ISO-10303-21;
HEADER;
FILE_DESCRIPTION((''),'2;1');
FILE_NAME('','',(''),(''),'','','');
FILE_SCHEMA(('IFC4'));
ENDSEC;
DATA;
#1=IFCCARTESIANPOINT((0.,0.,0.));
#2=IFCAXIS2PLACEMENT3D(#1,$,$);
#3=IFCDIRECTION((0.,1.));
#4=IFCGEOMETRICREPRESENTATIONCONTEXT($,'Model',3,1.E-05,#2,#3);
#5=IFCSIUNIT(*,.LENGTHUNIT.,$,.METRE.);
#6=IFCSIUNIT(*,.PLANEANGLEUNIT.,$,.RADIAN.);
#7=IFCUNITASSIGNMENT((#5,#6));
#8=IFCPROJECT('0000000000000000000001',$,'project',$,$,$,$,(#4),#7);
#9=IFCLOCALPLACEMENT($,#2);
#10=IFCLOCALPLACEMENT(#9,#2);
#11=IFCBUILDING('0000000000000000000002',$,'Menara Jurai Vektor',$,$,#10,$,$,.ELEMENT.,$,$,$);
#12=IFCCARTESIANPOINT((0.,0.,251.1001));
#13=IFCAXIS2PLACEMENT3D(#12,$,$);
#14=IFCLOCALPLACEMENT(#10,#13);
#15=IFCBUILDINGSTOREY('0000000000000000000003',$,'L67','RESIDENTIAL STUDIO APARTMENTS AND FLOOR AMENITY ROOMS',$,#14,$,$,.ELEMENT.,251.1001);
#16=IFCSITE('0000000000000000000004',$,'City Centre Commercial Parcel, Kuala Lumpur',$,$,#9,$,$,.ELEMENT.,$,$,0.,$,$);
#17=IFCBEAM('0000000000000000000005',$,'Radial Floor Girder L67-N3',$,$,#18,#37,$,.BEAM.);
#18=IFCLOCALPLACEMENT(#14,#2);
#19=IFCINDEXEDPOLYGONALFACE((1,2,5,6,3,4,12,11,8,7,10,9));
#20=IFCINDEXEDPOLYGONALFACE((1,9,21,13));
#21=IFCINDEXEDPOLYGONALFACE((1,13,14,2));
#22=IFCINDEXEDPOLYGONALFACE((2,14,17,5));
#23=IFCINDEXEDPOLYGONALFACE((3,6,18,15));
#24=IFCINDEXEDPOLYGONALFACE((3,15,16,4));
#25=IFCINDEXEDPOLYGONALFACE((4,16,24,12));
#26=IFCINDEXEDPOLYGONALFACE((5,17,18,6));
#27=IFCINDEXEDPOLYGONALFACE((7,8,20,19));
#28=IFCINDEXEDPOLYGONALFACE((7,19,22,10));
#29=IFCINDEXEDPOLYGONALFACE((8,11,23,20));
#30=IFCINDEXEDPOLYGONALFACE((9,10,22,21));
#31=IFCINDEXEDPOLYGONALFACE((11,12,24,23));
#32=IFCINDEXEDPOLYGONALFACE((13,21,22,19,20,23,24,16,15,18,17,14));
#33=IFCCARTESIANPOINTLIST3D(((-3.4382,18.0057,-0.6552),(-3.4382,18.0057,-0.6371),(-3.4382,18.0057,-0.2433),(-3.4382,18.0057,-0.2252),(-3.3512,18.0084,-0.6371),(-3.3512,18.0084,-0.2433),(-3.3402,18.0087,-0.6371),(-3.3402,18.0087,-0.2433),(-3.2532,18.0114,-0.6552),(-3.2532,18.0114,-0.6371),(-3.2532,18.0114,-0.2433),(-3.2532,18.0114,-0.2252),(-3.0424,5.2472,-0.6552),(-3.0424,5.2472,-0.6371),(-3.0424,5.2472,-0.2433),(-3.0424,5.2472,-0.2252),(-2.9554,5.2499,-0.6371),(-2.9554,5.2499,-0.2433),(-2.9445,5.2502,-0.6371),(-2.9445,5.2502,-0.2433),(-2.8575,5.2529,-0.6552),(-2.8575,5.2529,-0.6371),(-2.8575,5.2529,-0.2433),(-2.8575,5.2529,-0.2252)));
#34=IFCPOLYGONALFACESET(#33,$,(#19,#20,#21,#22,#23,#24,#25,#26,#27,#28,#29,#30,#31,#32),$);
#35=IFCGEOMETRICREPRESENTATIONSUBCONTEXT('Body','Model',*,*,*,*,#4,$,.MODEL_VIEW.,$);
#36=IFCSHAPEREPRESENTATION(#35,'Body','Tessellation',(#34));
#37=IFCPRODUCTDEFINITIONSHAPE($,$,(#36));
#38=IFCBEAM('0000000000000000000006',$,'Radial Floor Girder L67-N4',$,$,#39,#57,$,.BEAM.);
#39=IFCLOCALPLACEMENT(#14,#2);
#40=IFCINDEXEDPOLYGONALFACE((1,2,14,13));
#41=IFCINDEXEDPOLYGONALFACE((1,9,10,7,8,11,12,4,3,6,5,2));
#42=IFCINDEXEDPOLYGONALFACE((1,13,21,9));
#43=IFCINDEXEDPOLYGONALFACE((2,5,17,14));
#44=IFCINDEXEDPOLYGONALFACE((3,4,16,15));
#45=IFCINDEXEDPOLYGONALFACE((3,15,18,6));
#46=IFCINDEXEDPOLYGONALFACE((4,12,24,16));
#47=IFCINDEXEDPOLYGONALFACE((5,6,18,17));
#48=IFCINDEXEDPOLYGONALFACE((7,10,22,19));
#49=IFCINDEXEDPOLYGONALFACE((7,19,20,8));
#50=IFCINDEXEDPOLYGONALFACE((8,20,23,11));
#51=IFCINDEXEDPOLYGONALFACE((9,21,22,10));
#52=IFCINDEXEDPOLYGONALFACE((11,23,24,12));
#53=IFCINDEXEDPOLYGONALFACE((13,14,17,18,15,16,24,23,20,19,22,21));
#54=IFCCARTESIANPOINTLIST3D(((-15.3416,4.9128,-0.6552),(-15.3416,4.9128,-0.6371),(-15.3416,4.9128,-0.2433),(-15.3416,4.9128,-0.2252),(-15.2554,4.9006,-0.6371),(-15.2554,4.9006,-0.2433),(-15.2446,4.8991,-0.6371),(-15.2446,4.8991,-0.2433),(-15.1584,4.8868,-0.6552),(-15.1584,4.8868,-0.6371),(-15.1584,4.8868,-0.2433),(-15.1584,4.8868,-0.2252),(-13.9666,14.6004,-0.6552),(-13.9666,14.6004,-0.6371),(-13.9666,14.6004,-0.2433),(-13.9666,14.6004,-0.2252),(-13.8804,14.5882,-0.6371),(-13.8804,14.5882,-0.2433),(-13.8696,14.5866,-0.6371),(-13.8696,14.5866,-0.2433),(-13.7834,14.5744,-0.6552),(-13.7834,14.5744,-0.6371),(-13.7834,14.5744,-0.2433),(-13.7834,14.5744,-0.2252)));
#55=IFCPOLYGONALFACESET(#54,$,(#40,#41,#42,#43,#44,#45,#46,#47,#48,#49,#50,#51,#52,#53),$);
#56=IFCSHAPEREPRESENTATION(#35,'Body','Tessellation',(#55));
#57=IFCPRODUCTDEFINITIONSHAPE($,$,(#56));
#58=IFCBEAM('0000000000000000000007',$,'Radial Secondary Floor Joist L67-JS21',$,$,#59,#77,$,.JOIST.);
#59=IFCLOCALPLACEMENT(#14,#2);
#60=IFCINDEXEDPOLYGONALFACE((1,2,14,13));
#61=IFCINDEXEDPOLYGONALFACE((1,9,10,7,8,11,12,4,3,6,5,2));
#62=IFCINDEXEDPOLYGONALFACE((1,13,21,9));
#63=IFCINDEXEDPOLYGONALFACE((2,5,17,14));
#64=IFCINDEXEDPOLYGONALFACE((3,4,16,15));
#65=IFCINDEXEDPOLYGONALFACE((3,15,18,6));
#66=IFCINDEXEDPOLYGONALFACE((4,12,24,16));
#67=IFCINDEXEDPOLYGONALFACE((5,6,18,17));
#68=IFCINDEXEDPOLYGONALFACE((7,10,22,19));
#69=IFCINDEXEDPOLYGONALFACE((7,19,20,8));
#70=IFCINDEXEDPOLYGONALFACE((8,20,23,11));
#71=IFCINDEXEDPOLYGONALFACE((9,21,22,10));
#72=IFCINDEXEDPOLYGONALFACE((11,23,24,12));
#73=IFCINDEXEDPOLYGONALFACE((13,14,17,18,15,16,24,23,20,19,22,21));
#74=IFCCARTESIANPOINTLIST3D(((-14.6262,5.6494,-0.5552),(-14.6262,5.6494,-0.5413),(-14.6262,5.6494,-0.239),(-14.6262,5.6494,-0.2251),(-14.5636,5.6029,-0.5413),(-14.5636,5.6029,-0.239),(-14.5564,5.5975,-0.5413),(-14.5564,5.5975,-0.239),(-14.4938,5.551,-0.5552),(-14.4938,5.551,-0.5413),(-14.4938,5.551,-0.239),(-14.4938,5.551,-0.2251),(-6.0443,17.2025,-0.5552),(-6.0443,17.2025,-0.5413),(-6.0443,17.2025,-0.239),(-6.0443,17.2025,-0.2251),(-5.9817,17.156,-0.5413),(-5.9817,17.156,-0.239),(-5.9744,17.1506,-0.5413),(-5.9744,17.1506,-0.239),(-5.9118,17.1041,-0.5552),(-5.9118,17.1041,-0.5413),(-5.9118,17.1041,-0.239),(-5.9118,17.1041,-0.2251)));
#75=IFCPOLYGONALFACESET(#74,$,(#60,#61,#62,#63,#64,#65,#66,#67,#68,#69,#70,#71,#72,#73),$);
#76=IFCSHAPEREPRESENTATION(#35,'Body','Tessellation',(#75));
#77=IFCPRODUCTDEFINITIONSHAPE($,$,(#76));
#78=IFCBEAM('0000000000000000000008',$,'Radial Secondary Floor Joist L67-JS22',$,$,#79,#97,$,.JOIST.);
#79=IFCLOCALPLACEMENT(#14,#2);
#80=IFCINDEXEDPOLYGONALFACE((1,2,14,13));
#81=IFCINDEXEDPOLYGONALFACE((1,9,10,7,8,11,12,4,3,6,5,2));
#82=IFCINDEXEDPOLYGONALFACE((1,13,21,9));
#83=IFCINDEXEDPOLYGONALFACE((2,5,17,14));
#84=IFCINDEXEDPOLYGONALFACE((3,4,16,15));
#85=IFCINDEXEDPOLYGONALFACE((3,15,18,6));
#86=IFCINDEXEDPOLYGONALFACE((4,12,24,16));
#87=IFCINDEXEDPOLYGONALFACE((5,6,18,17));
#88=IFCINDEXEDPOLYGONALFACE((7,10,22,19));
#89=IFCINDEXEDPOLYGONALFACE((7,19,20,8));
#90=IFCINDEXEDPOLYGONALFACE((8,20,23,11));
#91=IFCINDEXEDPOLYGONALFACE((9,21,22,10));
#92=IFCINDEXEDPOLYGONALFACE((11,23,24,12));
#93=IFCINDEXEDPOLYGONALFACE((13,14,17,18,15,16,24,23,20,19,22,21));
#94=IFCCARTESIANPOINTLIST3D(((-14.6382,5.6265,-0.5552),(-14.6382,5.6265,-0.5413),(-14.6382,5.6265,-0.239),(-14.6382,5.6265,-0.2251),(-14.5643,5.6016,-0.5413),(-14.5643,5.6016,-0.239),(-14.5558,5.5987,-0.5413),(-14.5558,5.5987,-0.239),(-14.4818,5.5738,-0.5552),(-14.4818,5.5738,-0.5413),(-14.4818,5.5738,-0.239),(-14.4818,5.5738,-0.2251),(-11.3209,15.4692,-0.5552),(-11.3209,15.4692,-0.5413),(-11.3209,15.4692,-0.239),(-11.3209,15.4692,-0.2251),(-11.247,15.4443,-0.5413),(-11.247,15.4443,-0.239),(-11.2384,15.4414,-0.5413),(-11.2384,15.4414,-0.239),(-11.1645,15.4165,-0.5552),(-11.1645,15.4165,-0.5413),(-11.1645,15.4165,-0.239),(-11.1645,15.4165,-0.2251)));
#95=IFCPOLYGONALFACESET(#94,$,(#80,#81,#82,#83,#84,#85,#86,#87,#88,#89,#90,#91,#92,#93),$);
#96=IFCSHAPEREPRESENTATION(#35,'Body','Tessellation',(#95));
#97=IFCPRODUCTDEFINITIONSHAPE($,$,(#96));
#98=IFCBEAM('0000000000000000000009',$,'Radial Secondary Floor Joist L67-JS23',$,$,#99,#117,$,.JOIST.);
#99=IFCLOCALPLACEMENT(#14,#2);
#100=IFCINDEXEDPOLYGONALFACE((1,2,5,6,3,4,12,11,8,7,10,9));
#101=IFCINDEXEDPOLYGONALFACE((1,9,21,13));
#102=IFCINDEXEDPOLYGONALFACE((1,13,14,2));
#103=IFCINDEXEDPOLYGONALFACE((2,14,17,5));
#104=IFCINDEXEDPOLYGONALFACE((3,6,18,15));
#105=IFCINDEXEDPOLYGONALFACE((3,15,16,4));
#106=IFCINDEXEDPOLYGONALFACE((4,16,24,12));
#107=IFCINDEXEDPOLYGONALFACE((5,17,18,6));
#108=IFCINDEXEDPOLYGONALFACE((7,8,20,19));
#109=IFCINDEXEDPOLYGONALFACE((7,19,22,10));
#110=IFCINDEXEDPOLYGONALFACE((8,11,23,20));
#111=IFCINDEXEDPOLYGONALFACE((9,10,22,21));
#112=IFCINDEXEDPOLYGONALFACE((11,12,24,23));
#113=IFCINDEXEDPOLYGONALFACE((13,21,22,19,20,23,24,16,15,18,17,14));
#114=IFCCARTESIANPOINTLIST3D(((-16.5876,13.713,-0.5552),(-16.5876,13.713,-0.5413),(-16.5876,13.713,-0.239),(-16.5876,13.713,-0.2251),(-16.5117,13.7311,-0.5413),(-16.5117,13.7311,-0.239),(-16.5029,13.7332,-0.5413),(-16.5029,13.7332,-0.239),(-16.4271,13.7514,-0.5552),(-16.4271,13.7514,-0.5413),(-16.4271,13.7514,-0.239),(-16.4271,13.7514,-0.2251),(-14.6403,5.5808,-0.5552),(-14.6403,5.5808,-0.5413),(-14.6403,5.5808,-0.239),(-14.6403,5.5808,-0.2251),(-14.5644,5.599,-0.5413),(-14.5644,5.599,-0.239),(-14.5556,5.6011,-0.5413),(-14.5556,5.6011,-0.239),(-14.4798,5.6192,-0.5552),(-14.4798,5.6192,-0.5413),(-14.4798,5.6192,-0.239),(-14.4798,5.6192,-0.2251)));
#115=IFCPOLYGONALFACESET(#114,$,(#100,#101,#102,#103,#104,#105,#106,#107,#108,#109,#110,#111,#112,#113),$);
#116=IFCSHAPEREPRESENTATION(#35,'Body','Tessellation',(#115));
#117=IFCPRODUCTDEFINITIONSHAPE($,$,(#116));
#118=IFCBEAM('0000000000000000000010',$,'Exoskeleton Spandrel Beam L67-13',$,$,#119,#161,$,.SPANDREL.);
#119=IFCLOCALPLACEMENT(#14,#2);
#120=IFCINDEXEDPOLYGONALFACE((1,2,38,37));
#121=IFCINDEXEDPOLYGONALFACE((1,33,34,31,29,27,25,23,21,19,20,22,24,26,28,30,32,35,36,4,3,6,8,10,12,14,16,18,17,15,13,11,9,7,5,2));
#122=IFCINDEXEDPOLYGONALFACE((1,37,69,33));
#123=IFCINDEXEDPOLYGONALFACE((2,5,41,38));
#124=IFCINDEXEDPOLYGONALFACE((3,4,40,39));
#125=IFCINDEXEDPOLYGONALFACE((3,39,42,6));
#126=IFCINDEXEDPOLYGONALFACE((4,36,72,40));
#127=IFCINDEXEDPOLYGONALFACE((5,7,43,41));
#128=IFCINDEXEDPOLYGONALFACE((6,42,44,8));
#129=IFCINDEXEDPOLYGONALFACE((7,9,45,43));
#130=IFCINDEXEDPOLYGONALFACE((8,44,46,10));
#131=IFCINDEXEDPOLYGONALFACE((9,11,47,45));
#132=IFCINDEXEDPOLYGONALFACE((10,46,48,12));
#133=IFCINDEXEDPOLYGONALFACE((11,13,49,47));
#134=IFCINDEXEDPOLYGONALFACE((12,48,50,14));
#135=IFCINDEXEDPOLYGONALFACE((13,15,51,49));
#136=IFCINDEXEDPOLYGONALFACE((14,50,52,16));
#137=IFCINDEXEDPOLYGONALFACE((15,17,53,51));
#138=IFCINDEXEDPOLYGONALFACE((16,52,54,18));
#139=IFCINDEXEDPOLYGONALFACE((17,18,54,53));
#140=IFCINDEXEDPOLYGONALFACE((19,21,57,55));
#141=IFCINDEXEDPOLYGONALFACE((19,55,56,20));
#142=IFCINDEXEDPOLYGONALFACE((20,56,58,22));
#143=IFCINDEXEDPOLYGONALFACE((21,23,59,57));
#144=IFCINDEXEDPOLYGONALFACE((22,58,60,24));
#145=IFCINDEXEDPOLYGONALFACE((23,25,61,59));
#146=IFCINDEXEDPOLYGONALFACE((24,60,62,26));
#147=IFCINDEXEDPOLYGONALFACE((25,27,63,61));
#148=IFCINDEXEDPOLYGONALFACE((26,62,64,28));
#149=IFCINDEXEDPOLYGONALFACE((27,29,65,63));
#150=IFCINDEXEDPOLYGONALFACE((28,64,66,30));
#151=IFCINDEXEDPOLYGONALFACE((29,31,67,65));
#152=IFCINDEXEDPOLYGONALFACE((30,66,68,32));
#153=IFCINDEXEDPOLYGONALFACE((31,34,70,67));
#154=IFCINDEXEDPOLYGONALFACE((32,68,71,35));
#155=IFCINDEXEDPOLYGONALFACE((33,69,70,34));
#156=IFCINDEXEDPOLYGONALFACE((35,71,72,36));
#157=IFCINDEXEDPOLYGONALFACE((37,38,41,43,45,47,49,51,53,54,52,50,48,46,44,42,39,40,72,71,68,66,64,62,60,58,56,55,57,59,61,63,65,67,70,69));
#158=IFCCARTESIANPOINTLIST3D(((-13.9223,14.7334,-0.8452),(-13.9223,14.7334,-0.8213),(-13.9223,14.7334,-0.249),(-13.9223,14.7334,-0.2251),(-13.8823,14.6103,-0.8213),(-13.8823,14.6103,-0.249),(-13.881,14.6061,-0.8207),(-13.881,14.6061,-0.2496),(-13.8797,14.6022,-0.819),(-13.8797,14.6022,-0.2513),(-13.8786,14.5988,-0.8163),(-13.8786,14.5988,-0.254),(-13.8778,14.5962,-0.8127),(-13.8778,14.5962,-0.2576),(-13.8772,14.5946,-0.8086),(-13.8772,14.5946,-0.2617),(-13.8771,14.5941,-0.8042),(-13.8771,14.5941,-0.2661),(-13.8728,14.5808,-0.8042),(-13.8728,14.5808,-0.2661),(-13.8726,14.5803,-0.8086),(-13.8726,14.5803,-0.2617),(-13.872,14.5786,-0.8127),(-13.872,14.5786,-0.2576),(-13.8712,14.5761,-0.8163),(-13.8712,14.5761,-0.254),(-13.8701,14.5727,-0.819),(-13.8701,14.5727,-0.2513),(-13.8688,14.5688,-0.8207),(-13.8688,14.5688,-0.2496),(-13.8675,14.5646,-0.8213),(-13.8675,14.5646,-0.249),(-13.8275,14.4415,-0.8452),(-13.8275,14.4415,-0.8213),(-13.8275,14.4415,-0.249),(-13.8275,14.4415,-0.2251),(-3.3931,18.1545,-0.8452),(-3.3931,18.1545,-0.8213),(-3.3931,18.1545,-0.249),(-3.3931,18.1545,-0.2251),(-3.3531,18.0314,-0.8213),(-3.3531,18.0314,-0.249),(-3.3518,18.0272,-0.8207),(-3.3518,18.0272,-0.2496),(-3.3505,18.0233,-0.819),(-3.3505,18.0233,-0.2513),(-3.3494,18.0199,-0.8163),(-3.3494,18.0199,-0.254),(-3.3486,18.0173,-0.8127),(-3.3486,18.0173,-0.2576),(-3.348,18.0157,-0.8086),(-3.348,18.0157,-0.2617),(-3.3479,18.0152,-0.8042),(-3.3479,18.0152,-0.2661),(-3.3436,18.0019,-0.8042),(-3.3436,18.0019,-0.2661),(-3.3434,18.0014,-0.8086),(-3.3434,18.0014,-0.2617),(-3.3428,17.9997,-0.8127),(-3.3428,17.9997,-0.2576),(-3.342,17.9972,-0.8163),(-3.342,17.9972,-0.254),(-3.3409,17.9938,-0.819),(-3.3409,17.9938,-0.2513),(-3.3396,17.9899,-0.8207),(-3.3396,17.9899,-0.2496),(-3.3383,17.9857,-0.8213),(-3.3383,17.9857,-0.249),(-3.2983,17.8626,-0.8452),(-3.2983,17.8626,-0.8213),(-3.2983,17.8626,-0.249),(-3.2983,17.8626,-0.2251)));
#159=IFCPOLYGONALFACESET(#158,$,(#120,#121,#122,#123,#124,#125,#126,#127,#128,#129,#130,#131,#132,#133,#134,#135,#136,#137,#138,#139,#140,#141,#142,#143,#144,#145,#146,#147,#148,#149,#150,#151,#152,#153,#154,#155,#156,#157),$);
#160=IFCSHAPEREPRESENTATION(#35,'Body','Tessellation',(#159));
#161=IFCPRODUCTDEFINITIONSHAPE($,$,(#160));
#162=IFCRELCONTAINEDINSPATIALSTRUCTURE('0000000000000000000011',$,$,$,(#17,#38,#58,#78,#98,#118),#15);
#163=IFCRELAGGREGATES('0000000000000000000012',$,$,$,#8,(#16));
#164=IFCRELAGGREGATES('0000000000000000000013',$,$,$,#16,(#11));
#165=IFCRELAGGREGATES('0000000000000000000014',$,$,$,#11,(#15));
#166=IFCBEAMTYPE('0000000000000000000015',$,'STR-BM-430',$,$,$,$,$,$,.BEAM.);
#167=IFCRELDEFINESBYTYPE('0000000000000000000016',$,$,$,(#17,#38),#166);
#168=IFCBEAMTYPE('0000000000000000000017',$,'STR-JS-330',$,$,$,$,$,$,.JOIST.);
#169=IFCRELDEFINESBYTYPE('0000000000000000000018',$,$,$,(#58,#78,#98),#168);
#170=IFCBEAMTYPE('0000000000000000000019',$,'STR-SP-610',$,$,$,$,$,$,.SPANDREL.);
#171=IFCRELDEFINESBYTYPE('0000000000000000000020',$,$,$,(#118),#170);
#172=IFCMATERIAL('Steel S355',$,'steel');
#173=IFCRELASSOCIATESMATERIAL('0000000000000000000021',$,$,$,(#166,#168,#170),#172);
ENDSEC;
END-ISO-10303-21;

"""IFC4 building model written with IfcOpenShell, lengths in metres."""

from ifc_helpers import new_model, si_unit, direction, frame, origin, origin_2d, place, context, subcontext, project, spatial, i_section, extrude, material, material_profile, profile_set, type_object, element, save


model = new_model("IFC4")

# Units and contexts
model_context = context("Model", 3, precision=1e-05, world=origin(), true_north=direction((0.0, 1.0)))
body_context = subcontext(model_context, "Body", "Model", "MODEL_VIEW")
ifc_project = project(units=[si_unit("LENGTHUNIT", "METRE"), si_unit("PLANEANGLEUNIT", "RADIAN")], contexts=[model_context])

# Site, building, storey
site_placement = place(None, origin())
site = spatial("IfcSite", under=ifc_project, at=site_placement, Name="City Centre Commercial Parcel, Kuala Lumpur", CompositionType="ELEMENT", RefElevation=0.0)
building_placement = place(site_placement, origin())
building = spatial("IfcBuilding", under=site, at=building_placement, Name="Menara Jurai Vektor", CompositionType="ELEMENT")
storey_placement = place(building_placement, frame((0.0, 0.0, 251.1001)))
storey = spatial("IfcBuildingStorey", under=building, at=storey_placement, Name="L67", Description="RESIDENTIAL STUDIO APARTMENTS AND FLOOR AMENITY ROOMS", CompositionType="ELEMENT", Elevation=251.1001)

# Beams
ifc_material_1 = material(Name="Steel S355", Category="steel")
ifc_material_profile_1 = material_profile(ifc_material_1, i_section(OverallWidth=0.1851, OverallDepth=0.4299, WebThickness=0.011, FlangeThickness=0.0181, at=origin_2d()), Name="PG 430x185x76")
ifc_profile_set_1 = profile_set([ifc_material_profile_1], Name="Steel S355")
beam_type_1 = type_object("IfcBeamType", Name="STR-BM-430", PredefinedType="BEAM", material=ifc_profile_set_1)
beam_1_placement = place(storey_placement, frame((-3.3457, 18.0085, -0.4402), z_axis=(0.031004, -0.999519, 0.0), x_axis=(0.999519, 0.031004, 0.0)))
element("IfcBeam", 1, at=beam_1_placement, inside=storey, type_object=beam_type_1, Name="Radial Floor Girder L67-N3", PredefinedType="BEAM", context=body_context, shape_type="SweptSolid", body=[
    extrude(i_section(OverallWidth=0.1851, OverallDepth=0.4299, WebThickness=0.011, FlangeThickness=0.0181, at=origin_2d()), origin(), (0.0, 0.0, 1.0), 12.7646),
])
beam_2_placement = place(storey_placement, frame((-13.875, 14.5874, -0.4402), z_axis=(-0.140527, -0.990077, 0.0), x_axis=(0.990077, -0.140527, 0.0)))
element("IfcBeam", 2, at=beam_2_placement, inside=storey, type_object=beam_type_1, Name="Radial Floor Girder L67-N4", PredefinedType="BEAM", context=body_context, shape_type="SweptSolid", body=[
    extrude(i_section(OverallWidth=0.1851, OverallDepth=0.4299, WebThickness=0.011, FlangeThickness=0.0181, at=origin_2d()), origin(), (0.0, 0.0, 1.0), 9.7847),
])
ifc_material_profile_2 = material_profile(ifc_material_1, i_section(OverallWidth=0.165, OverallDepth=0.3301, WebThickness=0.009, FlangeThickness=0.0139, at=origin_2d()), Name="PG 330x165x46")
ifc_profile_set_2 = profile_set([ifc_material_profile_2], Name="Steel S355")
beam_type_2 = type_object("IfcBeamType", Name="STR-JS-330", PredefinedType="JOIST", material=ifc_profile_set_2)
beam_3_placement = place(storey_placement, frame((-5.978, 17.1533, -0.3901), z_axis=(-0.596308, -0.802756, 0.0), x_axis=(0.802756, -0.596308, 0.0)))
element("IfcBeam", 3, at=beam_3_placement, inside=storey, type_object=beam_type_2, Name="Radial Secondary Floor Joist L67-JS21", PredefinedType="JOIST", context=body_context, shape_type="SweptSolid", body=[
    extrude(i_section(OverallWidth=0.165, OverallDepth=0.3301, WebThickness=0.009, FlangeThickness=0.0139, at=origin_2d()), origin(), (0.0, 0.0, 1.0), 14.3918),
])
beam_4_placement = place(storey_placement, frame((-11.2427, 15.4429, -0.3901), z_axis=(-0.319385, -0.947625, 0.0), x_axis=(0.947625, -0.319385, 0.0)))
element("IfcBeam", 4, at=beam_4_placement, inside=storey, type_object=beam_type_2, Name="Radial Secondary Floor Joist L67-JS22", PredefinedType="JOIST", context=body_context, shape_type="SweptSolid", body=[
    extrude(i_section(OverallWidth=0.165, OverallDepth=0.3301, WebThickness=0.009, FlangeThickness=0.0139, at=origin_2d()), origin(), (0.0, 0.0, 1.0), 10.3867),
])
beam_5_placement = place(storey_placement, frame((-16.5073, 13.7322, -0.3901), z_axis=(0.232872, -0.972507, 0.0), x_axis=(0.972507, 0.232872, 0.0)))
element("IfcBeam", 5, at=beam_5_placement, inside=storey, type_object=beam_type_2, Name="Radial Secondary Floor Joist L67-JS23", PredefinedType="JOIST", context=body_context, shape_type="SweptSolid", body=[
    extrude(i_section(OverallWidth=0.165, OverallDepth=0.3301, WebThickness=0.009, FlangeThickness=0.0139, at=origin_2d()), origin(), (0.0, 0.0, 1.0), 8.3621),
])
ifc_material_profile_3 = material_profile(ifc_material_1, i_section(OverallWidth=0.3069, OverallDepth=0.6201, WebThickness=0.0139, FlangeThickness=0.0239, FilletRadius=0.0171, at=origin_2d()), Name="UKB 610x305x179")
ifc_profile_set_3 = profile_set([ifc_material_profile_3], Name="Steel S355")
beam_type_3 = type_object("IfcBeamType", Name="STR-SP-610", PredefinedType="SPANDREL", material=ifc_profile_set_3)
for number, where, z_axis, x_axis, name in (
    (6, (-3.3457, 18.0085, -0.5352), (-0.951057, -0.309014, 0.0), (0.309014, -0.951057, 0.0), "Exoskeleton Spandrel Beam L67-13"),
):
    element("IfcBeam", number, at=place(storey_placement, frame(where, z_axis=z_axis, x_axis=x_axis)), inside=storey, type_object=beam_type_3, Name=name, PredefinedType="SPANDREL", context=body_context, shape_type="SweptSolid", body=[
        extrude(i_section(OverallWidth=0.3069, OverallDepth=0.6201, WebThickness=0.0139, FlangeThickness=0.0239, FilletRadius=0.0171, at=origin_2d()), origin(), (0.0, 0.0, 1.0), 11.071),
    ])

save(model, "model.ifc")
